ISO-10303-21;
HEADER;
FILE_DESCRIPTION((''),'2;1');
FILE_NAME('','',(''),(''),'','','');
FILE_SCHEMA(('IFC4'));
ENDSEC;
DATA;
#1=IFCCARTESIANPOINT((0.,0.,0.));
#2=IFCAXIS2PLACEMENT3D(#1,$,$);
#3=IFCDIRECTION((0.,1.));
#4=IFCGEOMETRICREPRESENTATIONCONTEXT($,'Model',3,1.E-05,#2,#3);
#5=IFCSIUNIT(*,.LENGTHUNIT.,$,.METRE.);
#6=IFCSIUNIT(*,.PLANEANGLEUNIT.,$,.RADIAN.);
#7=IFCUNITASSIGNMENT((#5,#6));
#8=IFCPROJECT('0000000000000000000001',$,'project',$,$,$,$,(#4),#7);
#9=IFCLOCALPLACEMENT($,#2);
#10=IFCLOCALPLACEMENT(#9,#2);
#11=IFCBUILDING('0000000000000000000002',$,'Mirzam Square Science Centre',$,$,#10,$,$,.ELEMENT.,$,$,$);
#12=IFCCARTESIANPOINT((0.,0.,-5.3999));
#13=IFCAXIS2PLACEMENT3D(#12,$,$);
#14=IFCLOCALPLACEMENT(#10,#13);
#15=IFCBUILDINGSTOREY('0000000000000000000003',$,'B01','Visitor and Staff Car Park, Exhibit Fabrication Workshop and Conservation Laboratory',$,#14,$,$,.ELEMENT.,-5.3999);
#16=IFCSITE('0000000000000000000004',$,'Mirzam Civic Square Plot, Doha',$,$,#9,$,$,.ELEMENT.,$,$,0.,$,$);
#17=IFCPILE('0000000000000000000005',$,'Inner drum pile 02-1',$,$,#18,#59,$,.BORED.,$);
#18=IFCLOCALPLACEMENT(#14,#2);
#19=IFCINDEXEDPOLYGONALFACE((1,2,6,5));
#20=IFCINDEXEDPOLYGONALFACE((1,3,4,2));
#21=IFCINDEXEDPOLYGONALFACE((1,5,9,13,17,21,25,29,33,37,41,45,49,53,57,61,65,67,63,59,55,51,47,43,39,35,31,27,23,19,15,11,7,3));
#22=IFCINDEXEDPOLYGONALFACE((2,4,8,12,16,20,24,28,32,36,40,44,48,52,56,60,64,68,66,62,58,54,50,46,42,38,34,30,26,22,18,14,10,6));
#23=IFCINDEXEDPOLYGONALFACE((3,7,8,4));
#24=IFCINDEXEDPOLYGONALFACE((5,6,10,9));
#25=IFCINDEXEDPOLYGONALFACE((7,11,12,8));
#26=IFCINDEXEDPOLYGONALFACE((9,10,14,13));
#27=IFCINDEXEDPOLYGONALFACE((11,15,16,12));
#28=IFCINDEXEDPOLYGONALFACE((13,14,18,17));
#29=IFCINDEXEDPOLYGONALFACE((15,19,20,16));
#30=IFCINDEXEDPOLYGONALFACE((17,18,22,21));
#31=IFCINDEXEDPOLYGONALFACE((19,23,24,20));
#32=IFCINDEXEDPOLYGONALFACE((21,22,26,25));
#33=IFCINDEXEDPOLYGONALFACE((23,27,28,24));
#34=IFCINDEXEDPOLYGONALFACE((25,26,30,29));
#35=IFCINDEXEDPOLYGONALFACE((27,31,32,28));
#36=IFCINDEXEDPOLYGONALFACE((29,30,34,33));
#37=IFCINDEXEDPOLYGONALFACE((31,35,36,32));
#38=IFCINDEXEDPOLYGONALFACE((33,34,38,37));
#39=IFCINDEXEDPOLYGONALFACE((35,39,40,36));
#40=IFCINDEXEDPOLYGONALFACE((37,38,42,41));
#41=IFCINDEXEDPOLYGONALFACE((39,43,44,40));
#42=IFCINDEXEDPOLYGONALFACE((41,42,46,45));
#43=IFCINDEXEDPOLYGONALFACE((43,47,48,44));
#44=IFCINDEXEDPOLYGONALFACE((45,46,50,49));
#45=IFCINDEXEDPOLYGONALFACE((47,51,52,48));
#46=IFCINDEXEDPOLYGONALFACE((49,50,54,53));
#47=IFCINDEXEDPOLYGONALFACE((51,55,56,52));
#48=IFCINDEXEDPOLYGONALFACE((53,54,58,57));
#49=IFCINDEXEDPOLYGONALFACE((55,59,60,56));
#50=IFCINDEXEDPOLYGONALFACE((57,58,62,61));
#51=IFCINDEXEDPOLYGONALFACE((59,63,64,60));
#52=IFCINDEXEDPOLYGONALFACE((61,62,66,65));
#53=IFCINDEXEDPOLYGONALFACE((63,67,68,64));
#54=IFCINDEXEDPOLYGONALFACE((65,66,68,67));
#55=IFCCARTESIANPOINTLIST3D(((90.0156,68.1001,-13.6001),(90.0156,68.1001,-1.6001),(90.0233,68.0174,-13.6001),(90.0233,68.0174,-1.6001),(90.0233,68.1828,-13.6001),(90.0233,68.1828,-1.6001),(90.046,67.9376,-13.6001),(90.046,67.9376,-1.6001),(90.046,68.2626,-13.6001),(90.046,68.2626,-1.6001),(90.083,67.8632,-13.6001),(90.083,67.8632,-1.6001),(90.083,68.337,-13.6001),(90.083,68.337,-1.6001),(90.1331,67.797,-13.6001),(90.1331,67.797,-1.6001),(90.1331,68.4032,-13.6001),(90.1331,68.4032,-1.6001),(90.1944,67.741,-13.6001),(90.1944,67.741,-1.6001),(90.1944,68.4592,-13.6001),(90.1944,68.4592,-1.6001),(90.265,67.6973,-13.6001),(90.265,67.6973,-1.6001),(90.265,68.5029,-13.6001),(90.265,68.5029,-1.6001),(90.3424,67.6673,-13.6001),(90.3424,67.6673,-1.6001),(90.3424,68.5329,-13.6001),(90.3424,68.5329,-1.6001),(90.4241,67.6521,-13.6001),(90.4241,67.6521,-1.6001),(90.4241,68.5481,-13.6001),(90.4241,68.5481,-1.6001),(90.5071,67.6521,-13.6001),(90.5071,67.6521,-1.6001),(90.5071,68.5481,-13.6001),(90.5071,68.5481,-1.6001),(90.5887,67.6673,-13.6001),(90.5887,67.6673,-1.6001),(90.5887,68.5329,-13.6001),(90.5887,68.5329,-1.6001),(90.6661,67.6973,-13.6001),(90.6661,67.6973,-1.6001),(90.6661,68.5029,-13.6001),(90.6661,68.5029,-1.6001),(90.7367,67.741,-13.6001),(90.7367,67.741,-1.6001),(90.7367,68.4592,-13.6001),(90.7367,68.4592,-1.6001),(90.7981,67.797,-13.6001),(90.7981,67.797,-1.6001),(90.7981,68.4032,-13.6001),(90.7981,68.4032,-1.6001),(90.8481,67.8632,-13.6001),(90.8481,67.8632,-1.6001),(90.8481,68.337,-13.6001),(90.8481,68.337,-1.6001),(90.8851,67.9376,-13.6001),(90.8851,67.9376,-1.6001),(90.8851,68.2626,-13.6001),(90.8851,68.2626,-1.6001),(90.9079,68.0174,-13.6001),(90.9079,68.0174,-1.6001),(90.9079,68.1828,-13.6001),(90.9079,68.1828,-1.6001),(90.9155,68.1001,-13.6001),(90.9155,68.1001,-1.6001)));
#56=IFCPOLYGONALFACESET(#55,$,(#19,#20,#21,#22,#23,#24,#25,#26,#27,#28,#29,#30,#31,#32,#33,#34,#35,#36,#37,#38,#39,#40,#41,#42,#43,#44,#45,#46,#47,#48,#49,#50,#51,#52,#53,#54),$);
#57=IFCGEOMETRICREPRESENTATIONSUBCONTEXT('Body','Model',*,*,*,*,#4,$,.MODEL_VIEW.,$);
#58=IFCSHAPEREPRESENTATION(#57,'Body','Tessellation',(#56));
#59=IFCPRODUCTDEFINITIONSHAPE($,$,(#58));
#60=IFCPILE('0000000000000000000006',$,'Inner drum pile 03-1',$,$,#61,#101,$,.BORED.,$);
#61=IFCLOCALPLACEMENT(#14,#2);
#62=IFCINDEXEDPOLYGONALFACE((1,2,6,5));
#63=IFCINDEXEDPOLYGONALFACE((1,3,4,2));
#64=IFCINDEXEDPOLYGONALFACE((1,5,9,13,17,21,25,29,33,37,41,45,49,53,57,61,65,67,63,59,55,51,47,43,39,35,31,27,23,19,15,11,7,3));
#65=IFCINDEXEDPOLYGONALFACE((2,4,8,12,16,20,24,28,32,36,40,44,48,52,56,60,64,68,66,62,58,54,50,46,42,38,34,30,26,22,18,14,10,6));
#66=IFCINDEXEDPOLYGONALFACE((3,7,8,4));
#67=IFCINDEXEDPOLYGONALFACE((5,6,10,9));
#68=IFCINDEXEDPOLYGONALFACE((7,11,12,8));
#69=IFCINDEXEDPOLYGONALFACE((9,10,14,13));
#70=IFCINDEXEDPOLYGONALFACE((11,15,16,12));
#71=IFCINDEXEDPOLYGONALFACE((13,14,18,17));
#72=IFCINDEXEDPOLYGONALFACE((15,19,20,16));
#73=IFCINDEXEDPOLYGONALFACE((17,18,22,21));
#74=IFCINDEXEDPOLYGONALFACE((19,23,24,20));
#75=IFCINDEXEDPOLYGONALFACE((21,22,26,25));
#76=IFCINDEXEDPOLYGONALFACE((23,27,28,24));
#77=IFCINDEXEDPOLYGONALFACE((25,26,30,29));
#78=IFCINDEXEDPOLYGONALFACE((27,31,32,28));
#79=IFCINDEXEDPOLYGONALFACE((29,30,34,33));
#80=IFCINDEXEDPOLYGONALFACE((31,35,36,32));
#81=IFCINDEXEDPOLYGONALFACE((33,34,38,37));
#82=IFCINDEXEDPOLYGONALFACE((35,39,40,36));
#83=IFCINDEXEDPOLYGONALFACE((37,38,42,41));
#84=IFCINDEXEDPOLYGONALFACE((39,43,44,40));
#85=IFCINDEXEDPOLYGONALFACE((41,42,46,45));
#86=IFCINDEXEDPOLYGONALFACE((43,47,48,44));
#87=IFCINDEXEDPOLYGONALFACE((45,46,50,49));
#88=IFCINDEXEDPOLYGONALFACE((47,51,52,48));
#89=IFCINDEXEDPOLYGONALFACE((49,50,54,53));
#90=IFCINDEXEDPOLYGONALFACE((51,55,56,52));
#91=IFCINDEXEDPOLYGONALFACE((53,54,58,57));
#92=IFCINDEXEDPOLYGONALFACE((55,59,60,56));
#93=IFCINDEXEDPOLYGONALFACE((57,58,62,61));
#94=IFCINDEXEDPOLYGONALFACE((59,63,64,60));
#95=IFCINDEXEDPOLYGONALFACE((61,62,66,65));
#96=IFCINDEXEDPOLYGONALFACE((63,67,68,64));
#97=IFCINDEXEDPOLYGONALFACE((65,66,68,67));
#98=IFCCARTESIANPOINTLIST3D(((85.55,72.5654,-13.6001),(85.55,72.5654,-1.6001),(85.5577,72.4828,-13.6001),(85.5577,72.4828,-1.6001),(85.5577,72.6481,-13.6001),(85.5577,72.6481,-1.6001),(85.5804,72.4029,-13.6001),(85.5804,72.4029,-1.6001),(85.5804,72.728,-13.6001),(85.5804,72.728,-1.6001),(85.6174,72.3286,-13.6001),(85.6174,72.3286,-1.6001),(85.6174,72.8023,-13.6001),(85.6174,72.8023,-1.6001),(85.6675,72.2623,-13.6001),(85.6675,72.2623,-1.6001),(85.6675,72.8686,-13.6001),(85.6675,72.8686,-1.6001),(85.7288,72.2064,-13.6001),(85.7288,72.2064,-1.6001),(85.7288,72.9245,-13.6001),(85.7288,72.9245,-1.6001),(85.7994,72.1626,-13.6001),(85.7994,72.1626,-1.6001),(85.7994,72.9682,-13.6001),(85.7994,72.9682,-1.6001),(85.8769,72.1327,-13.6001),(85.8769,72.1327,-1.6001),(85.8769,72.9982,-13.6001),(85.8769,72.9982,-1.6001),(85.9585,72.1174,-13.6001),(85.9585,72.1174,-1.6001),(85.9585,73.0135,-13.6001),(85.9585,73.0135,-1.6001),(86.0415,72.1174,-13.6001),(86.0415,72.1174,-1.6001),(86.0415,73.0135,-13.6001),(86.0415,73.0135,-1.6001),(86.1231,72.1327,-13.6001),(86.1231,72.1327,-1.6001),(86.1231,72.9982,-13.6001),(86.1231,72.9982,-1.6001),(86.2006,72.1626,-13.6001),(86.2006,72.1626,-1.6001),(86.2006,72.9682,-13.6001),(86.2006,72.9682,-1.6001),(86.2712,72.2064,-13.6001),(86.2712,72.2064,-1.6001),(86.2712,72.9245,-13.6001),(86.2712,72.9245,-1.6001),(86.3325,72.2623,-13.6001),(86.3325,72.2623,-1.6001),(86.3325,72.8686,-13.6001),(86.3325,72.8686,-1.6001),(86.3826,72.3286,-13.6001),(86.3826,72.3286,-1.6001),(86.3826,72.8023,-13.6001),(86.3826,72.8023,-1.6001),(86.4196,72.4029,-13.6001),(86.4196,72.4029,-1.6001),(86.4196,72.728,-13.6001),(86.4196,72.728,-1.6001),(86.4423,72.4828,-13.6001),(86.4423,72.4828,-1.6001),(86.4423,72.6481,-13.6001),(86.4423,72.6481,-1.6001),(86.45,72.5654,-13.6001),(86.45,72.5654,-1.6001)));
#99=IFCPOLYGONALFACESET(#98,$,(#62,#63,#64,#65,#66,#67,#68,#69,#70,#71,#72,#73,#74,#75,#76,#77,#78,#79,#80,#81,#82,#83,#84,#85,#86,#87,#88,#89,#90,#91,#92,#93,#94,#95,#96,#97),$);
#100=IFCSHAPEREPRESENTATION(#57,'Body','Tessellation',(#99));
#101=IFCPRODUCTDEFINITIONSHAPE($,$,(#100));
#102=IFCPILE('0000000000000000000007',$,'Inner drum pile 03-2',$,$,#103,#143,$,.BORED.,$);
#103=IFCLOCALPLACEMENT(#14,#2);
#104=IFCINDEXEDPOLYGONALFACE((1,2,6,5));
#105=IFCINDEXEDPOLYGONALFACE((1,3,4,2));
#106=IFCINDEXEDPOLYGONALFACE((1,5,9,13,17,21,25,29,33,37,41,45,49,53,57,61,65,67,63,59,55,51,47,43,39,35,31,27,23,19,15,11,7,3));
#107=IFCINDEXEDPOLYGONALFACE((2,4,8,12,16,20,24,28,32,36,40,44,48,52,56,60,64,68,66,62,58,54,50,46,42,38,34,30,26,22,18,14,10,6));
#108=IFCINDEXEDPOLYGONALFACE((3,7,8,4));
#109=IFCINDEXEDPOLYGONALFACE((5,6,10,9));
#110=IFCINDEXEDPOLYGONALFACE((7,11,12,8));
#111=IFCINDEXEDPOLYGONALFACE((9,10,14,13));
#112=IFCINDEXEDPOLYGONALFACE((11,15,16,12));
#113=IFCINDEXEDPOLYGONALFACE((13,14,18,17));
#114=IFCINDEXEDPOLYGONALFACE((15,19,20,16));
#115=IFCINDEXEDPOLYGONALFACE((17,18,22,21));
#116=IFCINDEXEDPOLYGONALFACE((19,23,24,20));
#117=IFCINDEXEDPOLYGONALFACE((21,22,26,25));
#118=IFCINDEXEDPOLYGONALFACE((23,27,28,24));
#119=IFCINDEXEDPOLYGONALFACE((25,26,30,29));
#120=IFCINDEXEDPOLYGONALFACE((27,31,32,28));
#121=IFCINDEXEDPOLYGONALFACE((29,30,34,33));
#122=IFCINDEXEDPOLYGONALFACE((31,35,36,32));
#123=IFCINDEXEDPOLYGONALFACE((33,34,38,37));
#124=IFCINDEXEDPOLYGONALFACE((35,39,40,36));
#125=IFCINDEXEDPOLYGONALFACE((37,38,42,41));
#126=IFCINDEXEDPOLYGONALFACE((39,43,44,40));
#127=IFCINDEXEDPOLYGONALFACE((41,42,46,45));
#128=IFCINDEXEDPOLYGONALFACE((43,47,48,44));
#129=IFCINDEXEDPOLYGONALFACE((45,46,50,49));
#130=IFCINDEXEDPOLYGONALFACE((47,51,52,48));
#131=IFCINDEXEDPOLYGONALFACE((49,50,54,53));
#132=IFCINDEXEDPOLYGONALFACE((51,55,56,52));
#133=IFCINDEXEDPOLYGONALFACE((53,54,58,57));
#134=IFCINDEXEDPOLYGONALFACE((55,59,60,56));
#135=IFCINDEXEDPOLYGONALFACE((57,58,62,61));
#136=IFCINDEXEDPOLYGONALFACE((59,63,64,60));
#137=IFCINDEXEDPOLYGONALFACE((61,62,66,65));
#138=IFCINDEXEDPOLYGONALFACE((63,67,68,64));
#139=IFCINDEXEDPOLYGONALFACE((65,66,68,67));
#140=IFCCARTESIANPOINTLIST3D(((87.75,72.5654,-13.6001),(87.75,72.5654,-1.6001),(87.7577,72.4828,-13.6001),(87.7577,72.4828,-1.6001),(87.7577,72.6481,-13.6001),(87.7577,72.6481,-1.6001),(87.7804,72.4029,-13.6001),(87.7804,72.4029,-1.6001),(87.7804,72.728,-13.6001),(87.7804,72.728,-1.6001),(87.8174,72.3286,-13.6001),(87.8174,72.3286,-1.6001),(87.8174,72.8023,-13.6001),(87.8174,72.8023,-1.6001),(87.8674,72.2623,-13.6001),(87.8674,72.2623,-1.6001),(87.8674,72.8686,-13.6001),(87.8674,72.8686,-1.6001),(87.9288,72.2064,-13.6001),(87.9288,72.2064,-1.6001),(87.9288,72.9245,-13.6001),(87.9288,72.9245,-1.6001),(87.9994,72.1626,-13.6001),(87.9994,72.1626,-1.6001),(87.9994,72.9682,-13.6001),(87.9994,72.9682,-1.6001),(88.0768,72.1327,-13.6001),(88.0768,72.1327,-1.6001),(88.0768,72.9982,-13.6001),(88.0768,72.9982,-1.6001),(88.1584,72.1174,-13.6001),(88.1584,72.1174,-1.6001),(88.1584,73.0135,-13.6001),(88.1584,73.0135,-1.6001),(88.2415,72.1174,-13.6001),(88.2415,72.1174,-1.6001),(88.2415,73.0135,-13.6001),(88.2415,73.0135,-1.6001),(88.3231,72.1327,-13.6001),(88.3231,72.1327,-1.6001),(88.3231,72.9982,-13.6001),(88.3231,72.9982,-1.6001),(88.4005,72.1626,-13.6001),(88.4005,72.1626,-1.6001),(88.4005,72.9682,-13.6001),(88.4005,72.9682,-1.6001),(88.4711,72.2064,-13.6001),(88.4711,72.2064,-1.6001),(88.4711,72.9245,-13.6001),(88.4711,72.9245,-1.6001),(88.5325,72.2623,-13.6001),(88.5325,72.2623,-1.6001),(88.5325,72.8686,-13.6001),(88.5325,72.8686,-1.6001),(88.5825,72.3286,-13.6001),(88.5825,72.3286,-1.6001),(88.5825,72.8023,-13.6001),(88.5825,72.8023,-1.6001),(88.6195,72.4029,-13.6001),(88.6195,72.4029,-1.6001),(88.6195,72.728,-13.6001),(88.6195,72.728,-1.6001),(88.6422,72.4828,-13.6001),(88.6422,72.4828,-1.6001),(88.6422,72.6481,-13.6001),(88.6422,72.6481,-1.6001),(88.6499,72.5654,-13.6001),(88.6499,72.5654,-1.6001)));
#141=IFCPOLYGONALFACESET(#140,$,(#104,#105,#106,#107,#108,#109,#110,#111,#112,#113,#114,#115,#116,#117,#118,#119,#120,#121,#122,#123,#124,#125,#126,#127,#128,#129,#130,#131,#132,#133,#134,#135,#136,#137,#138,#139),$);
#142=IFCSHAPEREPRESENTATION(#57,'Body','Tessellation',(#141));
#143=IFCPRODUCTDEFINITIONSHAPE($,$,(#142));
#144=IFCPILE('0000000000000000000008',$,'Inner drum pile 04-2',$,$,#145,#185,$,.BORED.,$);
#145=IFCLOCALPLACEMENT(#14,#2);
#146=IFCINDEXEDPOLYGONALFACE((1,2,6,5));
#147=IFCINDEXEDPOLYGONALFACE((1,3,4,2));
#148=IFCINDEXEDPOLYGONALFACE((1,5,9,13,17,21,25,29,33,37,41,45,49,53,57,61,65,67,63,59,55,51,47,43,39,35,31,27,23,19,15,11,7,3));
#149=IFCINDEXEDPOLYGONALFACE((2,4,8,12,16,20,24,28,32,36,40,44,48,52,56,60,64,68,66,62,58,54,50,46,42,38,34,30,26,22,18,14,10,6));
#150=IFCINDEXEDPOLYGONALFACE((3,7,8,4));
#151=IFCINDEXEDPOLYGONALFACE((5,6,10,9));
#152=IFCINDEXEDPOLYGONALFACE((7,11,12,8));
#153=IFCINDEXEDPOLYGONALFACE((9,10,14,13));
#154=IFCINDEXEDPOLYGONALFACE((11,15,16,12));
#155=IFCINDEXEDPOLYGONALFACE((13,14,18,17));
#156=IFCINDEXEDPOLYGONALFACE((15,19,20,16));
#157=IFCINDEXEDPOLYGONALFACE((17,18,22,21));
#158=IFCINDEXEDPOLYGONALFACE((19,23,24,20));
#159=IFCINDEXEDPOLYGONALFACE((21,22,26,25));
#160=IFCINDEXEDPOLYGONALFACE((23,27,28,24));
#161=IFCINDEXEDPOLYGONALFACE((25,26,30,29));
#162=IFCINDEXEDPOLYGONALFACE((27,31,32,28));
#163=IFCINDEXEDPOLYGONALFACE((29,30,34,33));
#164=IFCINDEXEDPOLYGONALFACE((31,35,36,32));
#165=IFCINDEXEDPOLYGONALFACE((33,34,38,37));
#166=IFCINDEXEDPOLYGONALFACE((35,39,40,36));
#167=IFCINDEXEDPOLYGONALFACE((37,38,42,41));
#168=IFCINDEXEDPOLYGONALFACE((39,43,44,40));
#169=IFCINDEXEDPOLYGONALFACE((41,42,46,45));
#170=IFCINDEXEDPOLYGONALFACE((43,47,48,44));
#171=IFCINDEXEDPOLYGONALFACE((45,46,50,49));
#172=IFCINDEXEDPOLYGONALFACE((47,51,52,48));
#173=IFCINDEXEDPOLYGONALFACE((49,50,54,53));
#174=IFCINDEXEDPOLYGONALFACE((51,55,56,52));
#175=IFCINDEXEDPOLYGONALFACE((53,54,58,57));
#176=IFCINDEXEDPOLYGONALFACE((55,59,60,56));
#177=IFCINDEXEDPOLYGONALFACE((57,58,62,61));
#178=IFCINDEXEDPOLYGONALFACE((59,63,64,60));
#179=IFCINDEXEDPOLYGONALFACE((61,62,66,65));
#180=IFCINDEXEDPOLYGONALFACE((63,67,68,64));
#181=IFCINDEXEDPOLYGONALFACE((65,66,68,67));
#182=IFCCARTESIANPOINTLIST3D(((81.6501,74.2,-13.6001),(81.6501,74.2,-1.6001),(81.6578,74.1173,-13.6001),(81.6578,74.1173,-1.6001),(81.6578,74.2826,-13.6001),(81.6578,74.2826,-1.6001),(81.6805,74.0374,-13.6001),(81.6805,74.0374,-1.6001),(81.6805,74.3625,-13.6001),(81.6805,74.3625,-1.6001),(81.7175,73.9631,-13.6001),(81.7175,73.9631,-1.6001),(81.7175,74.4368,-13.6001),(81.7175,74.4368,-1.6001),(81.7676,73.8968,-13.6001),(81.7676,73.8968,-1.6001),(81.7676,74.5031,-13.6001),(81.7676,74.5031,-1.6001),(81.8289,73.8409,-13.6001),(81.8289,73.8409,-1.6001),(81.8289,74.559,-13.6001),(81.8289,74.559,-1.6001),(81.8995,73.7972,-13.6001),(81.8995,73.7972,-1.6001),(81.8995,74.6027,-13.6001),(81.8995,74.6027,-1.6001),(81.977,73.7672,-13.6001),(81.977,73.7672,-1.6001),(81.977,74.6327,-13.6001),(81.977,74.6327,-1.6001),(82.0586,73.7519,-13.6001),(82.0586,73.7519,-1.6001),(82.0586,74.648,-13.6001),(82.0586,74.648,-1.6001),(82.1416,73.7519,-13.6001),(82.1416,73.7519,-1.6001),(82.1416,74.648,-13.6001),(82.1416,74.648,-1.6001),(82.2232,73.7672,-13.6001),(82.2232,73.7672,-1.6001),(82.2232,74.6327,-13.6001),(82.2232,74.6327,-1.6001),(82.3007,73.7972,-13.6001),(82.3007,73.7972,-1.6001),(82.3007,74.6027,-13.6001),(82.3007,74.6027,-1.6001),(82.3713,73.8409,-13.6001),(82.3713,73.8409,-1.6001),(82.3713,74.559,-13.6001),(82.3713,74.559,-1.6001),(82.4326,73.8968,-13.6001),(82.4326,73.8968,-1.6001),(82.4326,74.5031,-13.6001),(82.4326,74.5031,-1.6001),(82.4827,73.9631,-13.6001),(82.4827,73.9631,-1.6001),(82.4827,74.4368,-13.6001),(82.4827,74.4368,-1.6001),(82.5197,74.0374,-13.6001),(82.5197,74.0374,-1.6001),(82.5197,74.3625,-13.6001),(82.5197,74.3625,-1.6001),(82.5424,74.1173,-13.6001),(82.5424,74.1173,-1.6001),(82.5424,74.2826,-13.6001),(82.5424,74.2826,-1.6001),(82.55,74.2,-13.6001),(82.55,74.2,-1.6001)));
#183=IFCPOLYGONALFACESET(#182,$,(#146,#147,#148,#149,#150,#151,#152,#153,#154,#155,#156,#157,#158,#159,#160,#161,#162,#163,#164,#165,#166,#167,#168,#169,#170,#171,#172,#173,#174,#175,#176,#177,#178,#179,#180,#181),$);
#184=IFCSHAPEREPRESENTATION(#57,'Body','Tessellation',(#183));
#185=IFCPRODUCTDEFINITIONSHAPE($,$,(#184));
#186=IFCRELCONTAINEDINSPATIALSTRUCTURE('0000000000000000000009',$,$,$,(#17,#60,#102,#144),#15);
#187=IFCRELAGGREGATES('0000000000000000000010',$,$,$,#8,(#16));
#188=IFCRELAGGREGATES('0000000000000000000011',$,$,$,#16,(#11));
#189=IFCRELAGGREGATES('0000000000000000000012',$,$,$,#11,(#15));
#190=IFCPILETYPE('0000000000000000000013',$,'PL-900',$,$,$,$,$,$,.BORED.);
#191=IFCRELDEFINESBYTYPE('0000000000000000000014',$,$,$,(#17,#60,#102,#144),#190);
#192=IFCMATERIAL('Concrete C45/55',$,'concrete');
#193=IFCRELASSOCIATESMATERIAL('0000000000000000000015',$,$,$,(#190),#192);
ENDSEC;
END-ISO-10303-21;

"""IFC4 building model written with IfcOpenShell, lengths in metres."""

from ifc_helpers import new_model, si_unit, direction, frame, origin, origin_2d, place, context, subcontext, project, spatial, circle, extrude, material, material_profile, profile_set, type_object, element, save


model = new_model("IFC4")

# Units and contexts
model_context = context("Model", 3, precision=1e-05, world=origin(), true_north=direction((0.0, 1.0)))
body_context = subcontext(model_context, "Body", "Model", "MODEL_VIEW")
ifc_project = project(units=[si_unit("LENGTHUNIT", "METRE"), si_unit("PLANEANGLEUNIT", "RADIAN")], contexts=[model_context])

# Site, building, storey
site_placement = place(None, origin())
site = spatial("IfcSite", under=ifc_project, at=site_placement, Name="Mirzam Civic Square Plot, Doha", CompositionType="ELEMENT", RefElevation=0.0)
building_placement = place(site_placement, origin())
building = spatial("IfcBuilding", under=site, at=building_placement, Name="Mirzam Square Science Centre", CompositionType="ELEMENT")
storey_placement = place(building_placement, frame((0.0, 0.0, -5.3999)))
storey = spatial("IfcBuildingStorey", under=building, at=storey_placement, Name="B01", Description="Visitor and Staff Car Park, Exhibit Fabrication Workshop and Conservation Laboratory", CompositionType="ELEMENT", Elevation=-5.3999)

# Shared definitions
ifc_material_1 = material(Name="Concrete C45/55", Category="concrete")

# Piles
ifc_material_profile_1 = material_profile(ifc_material_1, circle(Radius=0.45, at=origin_2d()), Name="PILE-D900")
ifc_profile_set_1 = profile_set([ifc_material_profile_1], Name="Concrete C45/55")
pile_type_1 = type_object("IfcPileType", Name="PL-900", PredefinedType="BORED", material=ifc_profile_set_1)
for number, where, z_axis, x_axis, name in (
    (1, (90.4656, 68.1001, -1.6001), (0.0, 0.0, -1.0), (1.0, 0.0, 0.0), "Inner drum pile 02-1"),
    (2, (86.0, 72.5654, -1.6001), (0.0, 0.0, -1.0), (1.0, 0.0, 0.0), "Inner drum pile 03-1"),
    (3, (88.2, 72.5654, -1.6001), (0.0, 0.0, -1.0), (1.0, 0.0, 0.0), "Inner drum pile 03-2"),
    (4, (82.1001, 74.2, -1.6001), (0.0, 0.0, -1.0), (1.0, 0.0, 0.0), "Inner drum pile 04-2"),
):
    element("IfcPile", number, at=place(storey_placement, frame(where, z_axis=z_axis, x_axis=x_axis)), inside=storey, type_object=pile_type_1, Name=name, PredefinedType="BORED", context=body_context, shape_type="SweptSolid", body=[
        extrude(circle(Radius=0.45, at=origin_2d()), origin(), (0.0, 0.0, 1.0), 12.0),
    ])

save(model, "model.ifc")
